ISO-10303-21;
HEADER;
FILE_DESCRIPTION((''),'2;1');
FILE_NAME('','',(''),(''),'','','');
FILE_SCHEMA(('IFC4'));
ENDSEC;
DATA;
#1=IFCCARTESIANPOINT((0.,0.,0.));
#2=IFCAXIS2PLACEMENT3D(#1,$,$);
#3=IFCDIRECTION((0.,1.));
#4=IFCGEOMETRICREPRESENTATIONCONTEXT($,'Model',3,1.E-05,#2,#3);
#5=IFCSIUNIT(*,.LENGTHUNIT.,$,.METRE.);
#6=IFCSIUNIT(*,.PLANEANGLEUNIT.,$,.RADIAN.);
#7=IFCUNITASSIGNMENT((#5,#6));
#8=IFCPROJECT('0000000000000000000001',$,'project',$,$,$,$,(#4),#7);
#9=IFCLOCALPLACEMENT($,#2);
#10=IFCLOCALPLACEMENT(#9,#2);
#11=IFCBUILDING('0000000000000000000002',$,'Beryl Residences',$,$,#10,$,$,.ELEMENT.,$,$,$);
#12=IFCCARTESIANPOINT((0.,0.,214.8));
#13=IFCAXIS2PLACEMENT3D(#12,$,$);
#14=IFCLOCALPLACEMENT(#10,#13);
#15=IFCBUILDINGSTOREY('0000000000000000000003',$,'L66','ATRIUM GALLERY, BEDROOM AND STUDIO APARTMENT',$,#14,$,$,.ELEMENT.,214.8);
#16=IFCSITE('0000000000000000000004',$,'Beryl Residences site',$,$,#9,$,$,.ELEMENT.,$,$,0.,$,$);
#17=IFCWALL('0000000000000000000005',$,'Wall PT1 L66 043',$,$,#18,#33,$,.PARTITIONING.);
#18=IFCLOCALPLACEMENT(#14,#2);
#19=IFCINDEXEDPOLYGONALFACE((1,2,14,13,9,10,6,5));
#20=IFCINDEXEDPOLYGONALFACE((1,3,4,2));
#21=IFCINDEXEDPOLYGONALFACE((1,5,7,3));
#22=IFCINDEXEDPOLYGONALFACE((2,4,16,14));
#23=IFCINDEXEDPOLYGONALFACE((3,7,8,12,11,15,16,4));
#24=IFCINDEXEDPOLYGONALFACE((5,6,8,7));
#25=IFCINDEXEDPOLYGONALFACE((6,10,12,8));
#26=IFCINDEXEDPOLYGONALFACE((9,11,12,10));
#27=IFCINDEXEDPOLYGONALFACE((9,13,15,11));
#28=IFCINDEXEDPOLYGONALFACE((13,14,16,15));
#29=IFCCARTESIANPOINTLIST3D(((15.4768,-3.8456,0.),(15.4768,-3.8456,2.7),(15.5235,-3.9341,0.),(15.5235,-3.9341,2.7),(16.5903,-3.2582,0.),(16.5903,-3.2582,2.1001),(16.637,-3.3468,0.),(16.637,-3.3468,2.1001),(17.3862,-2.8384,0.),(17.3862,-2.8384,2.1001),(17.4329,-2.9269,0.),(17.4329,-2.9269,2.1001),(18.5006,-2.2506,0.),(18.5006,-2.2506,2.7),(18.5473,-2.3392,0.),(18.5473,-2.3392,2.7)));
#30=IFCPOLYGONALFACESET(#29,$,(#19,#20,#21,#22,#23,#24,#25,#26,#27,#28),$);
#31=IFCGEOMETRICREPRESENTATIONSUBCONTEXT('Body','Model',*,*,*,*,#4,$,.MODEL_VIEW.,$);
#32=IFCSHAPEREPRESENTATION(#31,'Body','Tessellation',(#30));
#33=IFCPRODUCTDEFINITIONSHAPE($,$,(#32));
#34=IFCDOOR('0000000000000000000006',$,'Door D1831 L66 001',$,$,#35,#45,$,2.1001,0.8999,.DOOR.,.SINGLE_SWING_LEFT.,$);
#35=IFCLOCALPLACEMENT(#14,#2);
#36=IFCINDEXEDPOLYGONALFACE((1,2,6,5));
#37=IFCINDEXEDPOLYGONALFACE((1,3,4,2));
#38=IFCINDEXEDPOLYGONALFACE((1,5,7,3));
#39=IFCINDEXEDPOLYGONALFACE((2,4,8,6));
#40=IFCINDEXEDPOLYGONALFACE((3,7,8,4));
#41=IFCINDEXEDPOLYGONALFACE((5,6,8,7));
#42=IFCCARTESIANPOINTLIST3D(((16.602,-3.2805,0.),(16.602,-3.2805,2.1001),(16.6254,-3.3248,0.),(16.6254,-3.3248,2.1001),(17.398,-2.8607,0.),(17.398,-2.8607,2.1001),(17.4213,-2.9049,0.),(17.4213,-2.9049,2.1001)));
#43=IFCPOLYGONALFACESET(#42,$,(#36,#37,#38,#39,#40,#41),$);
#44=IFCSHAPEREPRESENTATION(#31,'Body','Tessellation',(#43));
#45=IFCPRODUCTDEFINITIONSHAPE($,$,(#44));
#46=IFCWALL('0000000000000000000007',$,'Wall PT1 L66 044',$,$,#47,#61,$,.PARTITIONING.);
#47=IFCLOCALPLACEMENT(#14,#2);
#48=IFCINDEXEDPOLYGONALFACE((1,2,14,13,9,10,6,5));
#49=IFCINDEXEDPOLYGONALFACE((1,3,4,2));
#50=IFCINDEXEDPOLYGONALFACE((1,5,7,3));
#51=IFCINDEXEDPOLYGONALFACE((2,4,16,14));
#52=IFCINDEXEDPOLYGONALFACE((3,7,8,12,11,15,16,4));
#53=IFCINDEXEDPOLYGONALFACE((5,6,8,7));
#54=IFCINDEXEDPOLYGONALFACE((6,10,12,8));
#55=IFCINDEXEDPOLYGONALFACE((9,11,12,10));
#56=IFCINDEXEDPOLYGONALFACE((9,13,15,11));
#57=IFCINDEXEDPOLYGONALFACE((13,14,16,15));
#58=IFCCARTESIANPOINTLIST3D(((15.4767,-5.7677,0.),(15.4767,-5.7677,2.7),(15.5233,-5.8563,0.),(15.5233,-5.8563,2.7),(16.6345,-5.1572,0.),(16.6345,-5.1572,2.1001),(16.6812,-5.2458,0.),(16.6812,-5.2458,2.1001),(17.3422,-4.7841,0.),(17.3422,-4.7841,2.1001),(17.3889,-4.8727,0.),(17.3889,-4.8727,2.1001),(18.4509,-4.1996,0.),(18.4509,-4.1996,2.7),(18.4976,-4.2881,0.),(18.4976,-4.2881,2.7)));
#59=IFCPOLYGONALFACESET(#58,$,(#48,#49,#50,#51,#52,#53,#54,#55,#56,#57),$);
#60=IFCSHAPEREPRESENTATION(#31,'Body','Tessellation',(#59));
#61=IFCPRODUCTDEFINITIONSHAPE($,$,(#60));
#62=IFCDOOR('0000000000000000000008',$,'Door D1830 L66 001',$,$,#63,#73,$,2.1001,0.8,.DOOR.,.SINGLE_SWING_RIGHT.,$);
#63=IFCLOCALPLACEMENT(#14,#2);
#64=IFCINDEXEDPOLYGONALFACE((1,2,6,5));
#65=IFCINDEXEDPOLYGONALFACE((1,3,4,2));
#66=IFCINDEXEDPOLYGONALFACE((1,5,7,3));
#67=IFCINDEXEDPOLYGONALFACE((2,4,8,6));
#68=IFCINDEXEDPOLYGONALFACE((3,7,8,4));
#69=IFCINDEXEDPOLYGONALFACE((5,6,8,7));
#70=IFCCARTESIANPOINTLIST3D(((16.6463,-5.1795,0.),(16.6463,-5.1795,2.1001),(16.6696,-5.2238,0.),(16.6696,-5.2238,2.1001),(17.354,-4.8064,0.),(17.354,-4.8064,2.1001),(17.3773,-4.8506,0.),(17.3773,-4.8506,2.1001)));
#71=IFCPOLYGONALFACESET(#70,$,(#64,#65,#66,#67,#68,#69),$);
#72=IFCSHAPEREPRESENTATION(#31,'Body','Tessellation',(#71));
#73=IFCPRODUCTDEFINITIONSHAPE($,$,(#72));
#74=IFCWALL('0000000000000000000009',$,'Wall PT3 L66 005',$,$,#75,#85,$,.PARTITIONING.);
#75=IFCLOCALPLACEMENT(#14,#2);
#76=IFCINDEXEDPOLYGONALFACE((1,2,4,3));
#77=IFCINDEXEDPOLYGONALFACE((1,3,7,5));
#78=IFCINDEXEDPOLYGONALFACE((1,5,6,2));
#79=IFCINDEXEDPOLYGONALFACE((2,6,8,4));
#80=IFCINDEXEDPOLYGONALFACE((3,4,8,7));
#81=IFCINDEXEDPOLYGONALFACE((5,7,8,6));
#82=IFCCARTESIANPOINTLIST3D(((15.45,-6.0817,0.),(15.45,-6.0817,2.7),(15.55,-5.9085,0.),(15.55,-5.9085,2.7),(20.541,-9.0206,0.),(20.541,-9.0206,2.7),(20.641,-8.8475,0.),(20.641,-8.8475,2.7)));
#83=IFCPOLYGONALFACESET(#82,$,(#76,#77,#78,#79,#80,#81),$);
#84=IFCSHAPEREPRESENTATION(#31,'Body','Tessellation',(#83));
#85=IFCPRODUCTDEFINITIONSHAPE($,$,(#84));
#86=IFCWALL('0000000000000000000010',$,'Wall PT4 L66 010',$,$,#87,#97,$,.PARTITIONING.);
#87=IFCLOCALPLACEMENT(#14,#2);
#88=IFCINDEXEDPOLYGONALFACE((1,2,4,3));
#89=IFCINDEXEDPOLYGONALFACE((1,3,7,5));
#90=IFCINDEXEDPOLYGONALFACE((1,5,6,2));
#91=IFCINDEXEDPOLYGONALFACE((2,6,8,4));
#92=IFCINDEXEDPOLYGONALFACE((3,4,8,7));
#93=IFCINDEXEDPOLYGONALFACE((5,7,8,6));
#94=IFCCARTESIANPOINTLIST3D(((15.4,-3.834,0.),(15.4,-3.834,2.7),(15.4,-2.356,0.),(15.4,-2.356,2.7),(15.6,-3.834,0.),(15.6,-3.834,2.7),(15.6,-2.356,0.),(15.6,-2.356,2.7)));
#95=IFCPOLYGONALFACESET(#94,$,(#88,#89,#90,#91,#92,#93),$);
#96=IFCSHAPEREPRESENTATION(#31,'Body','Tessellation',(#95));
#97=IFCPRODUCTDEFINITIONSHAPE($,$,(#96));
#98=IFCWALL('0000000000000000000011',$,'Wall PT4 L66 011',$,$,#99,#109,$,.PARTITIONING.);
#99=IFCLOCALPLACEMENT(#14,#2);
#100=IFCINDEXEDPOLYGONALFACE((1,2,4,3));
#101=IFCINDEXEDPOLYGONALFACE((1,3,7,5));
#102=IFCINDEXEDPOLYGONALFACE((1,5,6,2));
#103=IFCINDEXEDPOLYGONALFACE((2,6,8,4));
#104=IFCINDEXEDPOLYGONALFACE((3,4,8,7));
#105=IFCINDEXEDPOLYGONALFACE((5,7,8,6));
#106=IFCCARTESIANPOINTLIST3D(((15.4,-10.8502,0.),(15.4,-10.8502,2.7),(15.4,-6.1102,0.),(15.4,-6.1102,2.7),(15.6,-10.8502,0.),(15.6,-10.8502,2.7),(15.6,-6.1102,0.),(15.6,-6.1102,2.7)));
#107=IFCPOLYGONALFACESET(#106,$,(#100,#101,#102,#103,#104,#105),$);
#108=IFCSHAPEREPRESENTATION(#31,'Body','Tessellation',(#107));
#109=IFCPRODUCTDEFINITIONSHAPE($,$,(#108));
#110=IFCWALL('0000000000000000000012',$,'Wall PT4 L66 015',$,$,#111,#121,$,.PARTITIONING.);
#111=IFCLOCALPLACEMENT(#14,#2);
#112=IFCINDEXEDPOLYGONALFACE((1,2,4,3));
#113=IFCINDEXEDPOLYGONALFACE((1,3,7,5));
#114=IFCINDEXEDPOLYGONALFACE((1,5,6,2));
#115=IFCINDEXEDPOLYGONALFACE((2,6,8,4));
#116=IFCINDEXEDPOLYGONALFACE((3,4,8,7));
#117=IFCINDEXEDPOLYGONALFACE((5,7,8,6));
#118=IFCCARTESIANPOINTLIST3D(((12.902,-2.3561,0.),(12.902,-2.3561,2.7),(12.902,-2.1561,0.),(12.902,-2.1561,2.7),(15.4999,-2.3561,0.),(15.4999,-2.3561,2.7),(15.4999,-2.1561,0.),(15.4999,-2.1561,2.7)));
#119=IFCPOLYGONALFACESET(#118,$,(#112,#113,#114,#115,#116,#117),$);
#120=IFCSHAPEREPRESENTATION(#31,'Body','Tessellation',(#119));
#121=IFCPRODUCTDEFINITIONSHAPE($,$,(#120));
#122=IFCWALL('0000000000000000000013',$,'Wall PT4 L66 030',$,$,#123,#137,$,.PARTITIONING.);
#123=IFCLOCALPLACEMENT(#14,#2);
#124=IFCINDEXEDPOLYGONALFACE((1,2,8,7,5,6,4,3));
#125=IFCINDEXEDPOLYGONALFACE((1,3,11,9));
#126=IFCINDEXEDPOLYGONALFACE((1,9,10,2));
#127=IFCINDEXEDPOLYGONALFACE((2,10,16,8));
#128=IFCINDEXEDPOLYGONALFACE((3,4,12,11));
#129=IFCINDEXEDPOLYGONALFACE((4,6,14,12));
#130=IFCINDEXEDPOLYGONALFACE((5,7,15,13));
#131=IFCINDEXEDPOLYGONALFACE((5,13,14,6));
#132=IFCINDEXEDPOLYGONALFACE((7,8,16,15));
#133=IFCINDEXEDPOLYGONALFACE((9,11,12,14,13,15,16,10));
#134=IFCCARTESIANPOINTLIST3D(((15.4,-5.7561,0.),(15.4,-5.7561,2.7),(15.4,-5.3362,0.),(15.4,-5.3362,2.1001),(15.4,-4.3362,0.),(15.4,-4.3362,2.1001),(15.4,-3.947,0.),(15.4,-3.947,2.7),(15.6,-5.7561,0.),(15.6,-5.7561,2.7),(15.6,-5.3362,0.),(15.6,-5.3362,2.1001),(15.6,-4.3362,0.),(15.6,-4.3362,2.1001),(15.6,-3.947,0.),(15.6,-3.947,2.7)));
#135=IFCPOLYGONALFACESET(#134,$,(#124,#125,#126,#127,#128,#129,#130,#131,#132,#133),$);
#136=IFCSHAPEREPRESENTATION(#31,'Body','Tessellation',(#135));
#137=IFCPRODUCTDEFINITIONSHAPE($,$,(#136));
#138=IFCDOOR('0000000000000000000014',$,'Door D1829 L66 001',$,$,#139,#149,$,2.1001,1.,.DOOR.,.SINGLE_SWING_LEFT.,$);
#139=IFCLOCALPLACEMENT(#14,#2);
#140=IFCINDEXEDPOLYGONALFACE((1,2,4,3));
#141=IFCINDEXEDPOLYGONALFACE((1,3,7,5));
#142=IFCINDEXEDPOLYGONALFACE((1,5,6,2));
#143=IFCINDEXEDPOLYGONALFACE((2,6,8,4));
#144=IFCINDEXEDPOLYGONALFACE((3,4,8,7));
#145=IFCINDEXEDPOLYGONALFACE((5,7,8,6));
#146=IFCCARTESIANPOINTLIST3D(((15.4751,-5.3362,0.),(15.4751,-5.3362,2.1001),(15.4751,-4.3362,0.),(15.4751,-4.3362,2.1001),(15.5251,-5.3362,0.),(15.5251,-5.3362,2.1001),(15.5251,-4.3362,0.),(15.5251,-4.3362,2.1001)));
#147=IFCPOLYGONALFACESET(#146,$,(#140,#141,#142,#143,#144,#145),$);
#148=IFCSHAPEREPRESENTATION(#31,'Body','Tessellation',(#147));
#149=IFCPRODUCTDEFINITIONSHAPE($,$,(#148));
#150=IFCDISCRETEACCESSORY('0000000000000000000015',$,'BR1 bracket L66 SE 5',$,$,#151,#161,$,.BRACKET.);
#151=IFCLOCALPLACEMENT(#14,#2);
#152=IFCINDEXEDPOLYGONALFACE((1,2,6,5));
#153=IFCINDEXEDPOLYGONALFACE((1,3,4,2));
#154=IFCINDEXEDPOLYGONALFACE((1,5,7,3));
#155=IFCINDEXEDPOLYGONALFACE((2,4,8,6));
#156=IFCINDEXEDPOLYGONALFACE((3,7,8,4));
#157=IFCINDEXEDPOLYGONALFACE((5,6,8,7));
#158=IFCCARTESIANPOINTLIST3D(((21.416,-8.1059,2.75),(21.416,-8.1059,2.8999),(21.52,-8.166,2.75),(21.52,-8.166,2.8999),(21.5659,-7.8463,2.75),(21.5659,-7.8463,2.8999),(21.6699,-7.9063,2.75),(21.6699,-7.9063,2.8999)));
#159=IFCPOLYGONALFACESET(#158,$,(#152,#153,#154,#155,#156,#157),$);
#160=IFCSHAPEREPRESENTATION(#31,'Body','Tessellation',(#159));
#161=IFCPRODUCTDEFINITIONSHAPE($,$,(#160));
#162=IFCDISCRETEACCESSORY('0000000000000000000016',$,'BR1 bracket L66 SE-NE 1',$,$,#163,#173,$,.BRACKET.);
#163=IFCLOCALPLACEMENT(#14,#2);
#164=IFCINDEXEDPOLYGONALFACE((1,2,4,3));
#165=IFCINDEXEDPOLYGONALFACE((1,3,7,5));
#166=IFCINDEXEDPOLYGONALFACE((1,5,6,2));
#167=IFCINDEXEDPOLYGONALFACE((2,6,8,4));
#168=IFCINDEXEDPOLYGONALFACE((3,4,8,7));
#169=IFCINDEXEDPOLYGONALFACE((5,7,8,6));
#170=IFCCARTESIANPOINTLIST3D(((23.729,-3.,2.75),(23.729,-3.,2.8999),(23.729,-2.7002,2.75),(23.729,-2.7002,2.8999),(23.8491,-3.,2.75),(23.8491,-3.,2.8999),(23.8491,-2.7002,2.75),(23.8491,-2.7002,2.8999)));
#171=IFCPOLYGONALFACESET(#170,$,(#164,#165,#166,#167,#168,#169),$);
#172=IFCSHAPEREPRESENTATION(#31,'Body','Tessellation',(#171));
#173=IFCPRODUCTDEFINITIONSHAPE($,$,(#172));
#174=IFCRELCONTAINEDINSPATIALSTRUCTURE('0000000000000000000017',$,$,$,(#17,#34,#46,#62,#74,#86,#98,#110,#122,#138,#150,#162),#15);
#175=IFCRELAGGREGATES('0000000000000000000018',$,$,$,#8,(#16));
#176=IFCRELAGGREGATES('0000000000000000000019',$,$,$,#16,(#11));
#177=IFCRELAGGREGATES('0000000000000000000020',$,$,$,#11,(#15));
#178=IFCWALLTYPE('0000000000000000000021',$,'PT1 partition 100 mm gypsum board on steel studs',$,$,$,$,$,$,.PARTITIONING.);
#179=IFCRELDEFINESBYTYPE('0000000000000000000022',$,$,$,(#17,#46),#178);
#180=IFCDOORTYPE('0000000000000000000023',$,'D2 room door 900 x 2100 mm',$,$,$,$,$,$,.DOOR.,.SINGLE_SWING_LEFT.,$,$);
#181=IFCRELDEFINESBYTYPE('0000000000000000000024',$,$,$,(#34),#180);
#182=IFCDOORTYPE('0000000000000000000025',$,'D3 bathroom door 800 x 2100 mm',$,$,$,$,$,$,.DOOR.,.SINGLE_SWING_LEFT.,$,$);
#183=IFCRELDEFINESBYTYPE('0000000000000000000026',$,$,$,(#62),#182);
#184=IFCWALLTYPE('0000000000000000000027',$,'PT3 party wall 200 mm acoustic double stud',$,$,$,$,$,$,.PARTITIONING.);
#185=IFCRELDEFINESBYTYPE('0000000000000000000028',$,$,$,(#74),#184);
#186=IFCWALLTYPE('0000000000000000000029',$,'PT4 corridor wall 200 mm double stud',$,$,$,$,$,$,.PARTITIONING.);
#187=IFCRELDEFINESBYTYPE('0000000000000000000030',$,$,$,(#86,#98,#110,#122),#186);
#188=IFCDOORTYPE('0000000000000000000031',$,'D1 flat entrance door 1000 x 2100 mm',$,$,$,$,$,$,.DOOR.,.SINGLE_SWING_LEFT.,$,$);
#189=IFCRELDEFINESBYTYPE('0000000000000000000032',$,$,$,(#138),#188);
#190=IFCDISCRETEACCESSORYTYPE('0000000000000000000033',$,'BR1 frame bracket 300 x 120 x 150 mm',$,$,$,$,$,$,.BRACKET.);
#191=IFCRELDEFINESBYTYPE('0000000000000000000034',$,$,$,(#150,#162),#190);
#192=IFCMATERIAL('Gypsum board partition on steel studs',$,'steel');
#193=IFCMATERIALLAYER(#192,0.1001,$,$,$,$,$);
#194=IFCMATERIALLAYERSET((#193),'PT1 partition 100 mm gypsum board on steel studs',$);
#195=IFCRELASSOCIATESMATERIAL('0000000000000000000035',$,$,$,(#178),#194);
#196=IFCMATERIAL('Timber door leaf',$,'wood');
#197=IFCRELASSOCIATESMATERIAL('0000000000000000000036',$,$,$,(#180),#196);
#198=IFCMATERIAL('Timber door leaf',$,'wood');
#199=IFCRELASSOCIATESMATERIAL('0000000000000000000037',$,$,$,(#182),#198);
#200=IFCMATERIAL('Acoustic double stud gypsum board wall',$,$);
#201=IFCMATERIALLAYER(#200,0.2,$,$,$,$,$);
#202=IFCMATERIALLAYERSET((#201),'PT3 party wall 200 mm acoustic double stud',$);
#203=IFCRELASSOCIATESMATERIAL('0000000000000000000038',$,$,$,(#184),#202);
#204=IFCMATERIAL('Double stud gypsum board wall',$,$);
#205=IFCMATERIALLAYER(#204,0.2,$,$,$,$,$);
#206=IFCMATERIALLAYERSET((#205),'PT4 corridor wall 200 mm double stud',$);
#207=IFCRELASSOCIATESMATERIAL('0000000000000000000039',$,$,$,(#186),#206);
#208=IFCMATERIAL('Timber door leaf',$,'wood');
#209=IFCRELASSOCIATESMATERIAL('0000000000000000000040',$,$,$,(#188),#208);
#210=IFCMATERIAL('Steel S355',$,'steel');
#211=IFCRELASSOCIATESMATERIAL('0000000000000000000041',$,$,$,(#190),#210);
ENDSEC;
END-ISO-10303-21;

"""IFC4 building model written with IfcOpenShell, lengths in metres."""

from ifc_helpers import new_model, si_unit, direction, frame, frame_2d, origin, place, context, subcontext, project, spatial, polyline, rectangle, outline, extrude, source, transform, mapped, material, layer, layer_set, type_object, type_shapes, element, fill, save


model = new_model("IFC4")

# Units and contexts
model_context = context("Model", 3, precision=1e-05, world=origin(), true_north=direction((0.0, 1.0)))
body_context = subcontext(model_context, "Body", "Model", "MODEL_VIEW")
ifc_project = project(units=[si_unit("LENGTHUNIT", "METRE"), si_unit("PLANEANGLEUNIT", "RADIAN")], contexts=[model_context])

# Site, building, storey
site_placement = place(None, origin())
site = spatial("IfcSite", under=ifc_project, at=site_placement, Name="Beryl Residences site", CompositionType="ELEMENT", RefElevation=0.0)
building_placement = place(site_placement, origin())
building = spatial("IfcBuilding", under=site, at=building_placement, Name="Beryl Residences", CompositionType="ELEMENT")
storey_placement = place(building_placement, frame((0.0, 0.0, 214.8)))
storey = spatial("IfcBuildingStorey", under=building, at=storey_placement, Name="L66", Description="ATRIUM GALLERY, BEDROOM AND STUDIO APARTMENT", CompositionType="ELEMENT", Elevation=214.8)

# Walls, openings, doors
ifc_material_1 = material(Name="Gypsum board partition on steel studs", Category="steel")
ifc_layer_1 = layer(ifc_material_1, 0.1001)
ifc_layer_set_1 = layer_set([ifc_layer_1], Name="PT1 partition 100 mm gypsum board on steel studs")
wall_type_1 = type_object("IfcWallType", Name="PT1 partition 100 mm gypsum board on steel studs", PredefinedType="PARTITIONING", material=ifc_layer_set_1)
ifc_material_2 = material(Name="Timber door leaf", Category="wood")
door_type_1 = type_object("IfcDoorType", Name="D2 room door 900 x 2100 mm", OperationType="SINGLE_SWING_LEFT", PredefinedType="DOOR", material=ifc_material_2)
wall_1_placement = place(storey_placement, frame((15.5, -3.8899, 0.0), z_axis=(0.0, 0.0, 1.0), x_axis=(0.884504, 0.466532, 0.0)))
wall_1 = element("IfcWall", 1, at=wall_1_placement, inside=storey, type_object=wall_type_1, Name="Wall PT1 L66 043", PredefinedType="PARTITIONING", context=body_context, shape_type="SweptSolid", body=[
    extrude(rectangle(XDim=3.4187, YDim=0.1001, at=frame_2d((1.7095, 0.0))), origin(), (0.0, 0.0, 1.0), 2.7),
])
opening_1_placement = place(wall_1_placement, frame((1.259, 0.0, 0.0)))
opening_1 = element("IfcOpeningElement", 2, at=opening_1_placement, cuts=wall_1, PredefinedType="OPENING", context=body_context, shape_type="SweptSolid", body=[
    extrude(rectangle(XDim=0.8999, YDim=2.1001, at=frame_2d((0.45, 1.05))), frame((0.0, 0.0601, 0.0), z_axis=(0.0, -1.0, 0.0), x_axis=(1.0, 0.0, 0.0)), (0.0, 0.0, 1.0), 0.1201),
])
door_1_placement = place(opening_1_placement, origin())
door_1 = element("IfcDoor", 3, at=door_1_placement, inside=storey, type_object=door_type_1, Name="Door D1831 L66 001", OperationType="SINGLE_SWING_LEFT", OverallHeight=2.1001, OverallWidth=0.8999, PredefinedType="DOOR", context=body_context, shape_type="SweptSolid", body=[
    extrude(rectangle(XDim=0.8999, YDim=2.1001, at=frame_2d((0.45, 1.05))), frame((0.0, 0.0249, 0.0), z_axis=(0.0, -1.0, 0.0), x_axis=(1.0, 0.0, 0.0)), (0.0, 0.0, 1.0), 0.05),
])
fill(opening_1, door_1)
wall_2_placement = place(storey_placement, frame((15.5, -5.812, 0.0), z_axis=(0.0, 0.0, 1.0), x_axis=(0.884576, 0.466396, 0.0)))
wall_2 = element("IfcWall", 4, at=wall_2_placement, inside=storey, type_object=wall_type_1, Name="Wall PT1 L66 044", PredefinedType="PARTITIONING", context=body_context, shape_type="SweptSolid", body=[
    extrude(rectangle(XDim=3.3623, YDim=0.1001, at=frame_2d((1.6812, 0.0))), origin(), (0.0, 0.0, 1.0), 2.7),
])
opening_2_placement = place(wall_2_placement, frame((1.3091, 0.0, 0.0)))
opening_2 = element("IfcOpeningElement", 5, at=opening_2_placement, cuts=wall_2, PredefinedType="OPENING", context=body_context, shape_type="SweptSolid", body=[
    extrude(rectangle(XDim=0.8, YDim=2.1001, at=frame_2d((0.3999, 1.05))), frame((0.0, 0.0601, 0.0), z_axis=(0.0, -1.0, 0.0), x_axis=(1.0, 0.0, 0.0)), (0.0, 0.0, 1.0), 0.1201),
])
ifc_material_3 = material(Name="Timber door leaf", Category="wood")
door_type_2 = type_object("IfcDoorType", Name="D3 bathroom door 800 x 2100 mm", OperationType="SINGLE_SWING_LEFT", PredefinedType="DOOR", material=ifc_material_3)
door_2_placement = place(opening_2_placement, origin())
door_2 = element("IfcDoor", 6, at=door_2_placement, inside=storey, type_object=door_type_2, Name="Door D1830 L66 001", OperationType="SINGLE_SWING_RIGHT", OverallHeight=2.1001, OverallWidth=0.8, PredefinedType="DOOR", context=body_context, shape_type="SweptSolid", body=[
    extrude(rectangle(XDim=0.8, YDim=2.1001, at=frame_2d((0.3999, 1.05))), frame((0.0, 0.0249, 0.0), z_axis=(0.0, -1.0, 0.0), x_axis=(1.0, 0.0, 0.0)), (0.0, 0.0, 1.0), 0.05),
])
fill(opening_2, door_2)

# Walls
ifc_material_4 = material(Name="Acoustic double stud gypsum board wall")
ifc_layer_2 = layer(ifc_material_4, 0.2)
ifc_layer_set_2 = layer_set([ifc_layer_2], Name="PT3 party wall 200 mm acoustic double stud")
wall_type_2 = type_object("IfcWallType", Name="PT3 party wall 200 mm acoustic double stud", PredefinedType="PARTITIONING", material=ifc_layer_set_2)
wall_3_placement = place(storey_placement, frame((15.5, -5.9951, 0.0), z_axis=(0.0, 0.0, 1.0), x_axis=(0.866052, -0.499954, 0.0)))
element("IfcWall", 7, at=wall_3_placement, inside=storey, type_object=wall_type_2, Name="Wall PT3 L66 005", PredefinedType="PARTITIONING", context=body_context, shape_type="SweptSolid", body=[
    extrude(rectangle(XDim=5.8784, YDim=0.2, at=frame_2d((2.9392, 0.0))), origin(), (0.0, 0.0, 1.0), 2.7),
])
ifc_material_5 = material(Name="Double stud gypsum board wall")
ifc_layer_3 = layer(ifc_material_5, 0.2)
ifc_layer_set_3 = layer_set([ifc_layer_3], Name="PT4 corridor wall 200 mm double stud")
wall_type_3 = type_object("IfcWallType", Name="PT4 corridor wall 200 mm double stud", PredefinedType="PARTITIONING", material=ifc_layer_set_3)
wall_4_placement = place(storey_placement, frame((15.5, -2.356, 0.0), z_axis=(0.0, 0.0, 1.0), x_axis=(0.0, -1.0, 0.0)))
element("IfcWall", 8, at=wall_4_placement, inside=storey, type_object=wall_type_3, Name="Wall PT4 L66 010", PredefinedType="PARTITIONING", context=body_context, shape_type="SweptSolid", body=[
    extrude(rectangle(XDim=1.478, YDim=0.2, at=frame_2d((0.739, 0.0))), origin(), (0.0, 0.0, 1.0), 2.7),
])
wall_5_placement = place(storey_placement, frame((15.5, -6.1101, 0.0), z_axis=(0.0, 0.0, 1.0), x_axis=(0.0, -1.0, 0.0)))
element("IfcWall", 9, at=wall_5_placement, inside=storey, type_object=wall_type_3, Name="Wall PT4 L66 011", PredefinedType="PARTITIONING", context=body_context, shape_type="SweptSolid", body=[
    extrude(rectangle(XDim=4.74, YDim=0.2, at=frame_2d((2.3701, 0.0))), origin(), (0.0, 0.0, 1.0), 2.7),
])
wall_6_placement = place(storey_placement, frame((12.9021, -2.2561, 0.0), z_axis=(0.0, 0.0, 1.0), x_axis=(1.0, 0.0, 0.0)))
element("IfcWall", 10, at=wall_6_placement, inside=storey, type_object=wall_type_3, Name="Wall PT4 L66 015", PredefinedType="PARTITIONING", context=body_context, shape_type="SweptSolid", body=[
    extrude(rectangle(XDim=2.5979, YDim=0.2, at=frame_2d((1.2988, 0.0))), origin(), (0.0, 0.0, 1.0), 2.7),
])

# Wall, opening, door
wall_7_placement = place(storey_placement, frame((15.5, -5.7561, 0.0), z_axis=(0.0, 0.0, 1.0), x_axis=(0.0, 1.0, 0.0)))
wall_7 = element("IfcWall", 11, at=wall_7_placement, inside=storey, type_object=wall_type_3, Name="Wall PT4 L66 030", PredefinedType="PARTITIONING", context=body_context, shape_type="SweptSolid", body=[
    extrude(rectangle(XDim=1.8091, YDim=0.2, at=frame_2d((0.9045, 0.0))), origin(), (0.0, 0.0, 1.0), 2.7),
])
opening_3_placement = place(wall_7_placement, frame((0.4199, 0.0, 0.0)))
opening_3 = element("IfcOpeningElement", 12, at=opening_3_placement, cuts=wall_7, PredefinedType="OPENING", context=body_context, shape_type="SweptSolid", body=[
    extrude(rectangle(XDim=1.0, YDim=2.1001, at=frame_2d((0.5, 1.05))), frame((0.0, 0.1099, 0.0), z_axis=(0.0, -1.0, 0.0), x_axis=(1.0, 0.0, 0.0)), (0.0, 0.0, 1.0), 0.22),
])
ifc_material_6 = material(Name="Timber door leaf", Category="wood")
door_type_3 = type_object("IfcDoorType", Name="D1 flat entrance door 1000 x 2100 mm", OperationType="SINGLE_SWING_LEFT", PredefinedType="DOOR", material=ifc_material_6)
door_3_placement = place(opening_3_placement, origin())
door_3 = element("IfcDoor", 13, at=door_3_placement, inside=storey, type_object=door_type_3, Name="Door D1829 L66 001", OperationType="SINGLE_SWING_LEFT", OverallHeight=2.1001, OverallWidth=1.0, PredefinedType="DOOR", context=body_context, shape_type="SweptSolid", body=[
    extrude(rectangle(XDim=1.0, YDim=2.1001, at=frame_2d((0.5, 1.05))), frame((0.0, 0.0249, 0.0), z_axis=(0.0, -1.0, 0.0), x_axis=(1.0, 0.0, 0.0)), (0.0, 0.0, 1.0), 0.05),
])
fill(opening_3, door_3)

# Discrete accessories
ifc_material_7 = material(Name="Steel S355", Category="steel")
discrete_accessory_type = type_object("IfcDiscreteAccessoryType", Name="BR1 frame bracket 300 x 120 x 150 mm", PredefinedType="BRACKET", material=ifc_material_7)
shared_shape_1 = source(origin(), body_context, "Body", "SweptSolid", [
    extrude(outline(polyline([(-0.1499, 0.0), (0.1499, 0.0), (0.1499, 0.1201), (-0.1499, 0.1201), (-0.1499, 0.0)])), origin(), (0.0, 0.0, 1.0), 0.1499),
])
type_shapes(discrete_accessory_type, [shared_shape_1])
for number, where, z_axis, x_axis, name in (
    (14, (21.491, -7.9761, 2.75), (0.0, 0.0, 1.0), (-0.5, -0.866025, 0.0), "BR1 bracket L66 SE 5"),
    (15, (23.729, -2.8501, 2.75), (0.0, 0.0, 1.0), (0.0, -1.0, 0.0), "BR1 bracket L66 SE-NE 1"),
):
    element("IfcDiscreteAccessory", number, at=place(storey_placement, frame(where, z_axis=z_axis, x_axis=x_axis)), inside=storey, type_object=discrete_accessory_type, Name=name, PredefinedType="BRACKET", context=body_context, shape_type="MappedRepresentation", body=[
        mapped(shared_shape_1, transform((0.0, 0.0, 0.0))),
    ])

save(model, "model.ifc")
